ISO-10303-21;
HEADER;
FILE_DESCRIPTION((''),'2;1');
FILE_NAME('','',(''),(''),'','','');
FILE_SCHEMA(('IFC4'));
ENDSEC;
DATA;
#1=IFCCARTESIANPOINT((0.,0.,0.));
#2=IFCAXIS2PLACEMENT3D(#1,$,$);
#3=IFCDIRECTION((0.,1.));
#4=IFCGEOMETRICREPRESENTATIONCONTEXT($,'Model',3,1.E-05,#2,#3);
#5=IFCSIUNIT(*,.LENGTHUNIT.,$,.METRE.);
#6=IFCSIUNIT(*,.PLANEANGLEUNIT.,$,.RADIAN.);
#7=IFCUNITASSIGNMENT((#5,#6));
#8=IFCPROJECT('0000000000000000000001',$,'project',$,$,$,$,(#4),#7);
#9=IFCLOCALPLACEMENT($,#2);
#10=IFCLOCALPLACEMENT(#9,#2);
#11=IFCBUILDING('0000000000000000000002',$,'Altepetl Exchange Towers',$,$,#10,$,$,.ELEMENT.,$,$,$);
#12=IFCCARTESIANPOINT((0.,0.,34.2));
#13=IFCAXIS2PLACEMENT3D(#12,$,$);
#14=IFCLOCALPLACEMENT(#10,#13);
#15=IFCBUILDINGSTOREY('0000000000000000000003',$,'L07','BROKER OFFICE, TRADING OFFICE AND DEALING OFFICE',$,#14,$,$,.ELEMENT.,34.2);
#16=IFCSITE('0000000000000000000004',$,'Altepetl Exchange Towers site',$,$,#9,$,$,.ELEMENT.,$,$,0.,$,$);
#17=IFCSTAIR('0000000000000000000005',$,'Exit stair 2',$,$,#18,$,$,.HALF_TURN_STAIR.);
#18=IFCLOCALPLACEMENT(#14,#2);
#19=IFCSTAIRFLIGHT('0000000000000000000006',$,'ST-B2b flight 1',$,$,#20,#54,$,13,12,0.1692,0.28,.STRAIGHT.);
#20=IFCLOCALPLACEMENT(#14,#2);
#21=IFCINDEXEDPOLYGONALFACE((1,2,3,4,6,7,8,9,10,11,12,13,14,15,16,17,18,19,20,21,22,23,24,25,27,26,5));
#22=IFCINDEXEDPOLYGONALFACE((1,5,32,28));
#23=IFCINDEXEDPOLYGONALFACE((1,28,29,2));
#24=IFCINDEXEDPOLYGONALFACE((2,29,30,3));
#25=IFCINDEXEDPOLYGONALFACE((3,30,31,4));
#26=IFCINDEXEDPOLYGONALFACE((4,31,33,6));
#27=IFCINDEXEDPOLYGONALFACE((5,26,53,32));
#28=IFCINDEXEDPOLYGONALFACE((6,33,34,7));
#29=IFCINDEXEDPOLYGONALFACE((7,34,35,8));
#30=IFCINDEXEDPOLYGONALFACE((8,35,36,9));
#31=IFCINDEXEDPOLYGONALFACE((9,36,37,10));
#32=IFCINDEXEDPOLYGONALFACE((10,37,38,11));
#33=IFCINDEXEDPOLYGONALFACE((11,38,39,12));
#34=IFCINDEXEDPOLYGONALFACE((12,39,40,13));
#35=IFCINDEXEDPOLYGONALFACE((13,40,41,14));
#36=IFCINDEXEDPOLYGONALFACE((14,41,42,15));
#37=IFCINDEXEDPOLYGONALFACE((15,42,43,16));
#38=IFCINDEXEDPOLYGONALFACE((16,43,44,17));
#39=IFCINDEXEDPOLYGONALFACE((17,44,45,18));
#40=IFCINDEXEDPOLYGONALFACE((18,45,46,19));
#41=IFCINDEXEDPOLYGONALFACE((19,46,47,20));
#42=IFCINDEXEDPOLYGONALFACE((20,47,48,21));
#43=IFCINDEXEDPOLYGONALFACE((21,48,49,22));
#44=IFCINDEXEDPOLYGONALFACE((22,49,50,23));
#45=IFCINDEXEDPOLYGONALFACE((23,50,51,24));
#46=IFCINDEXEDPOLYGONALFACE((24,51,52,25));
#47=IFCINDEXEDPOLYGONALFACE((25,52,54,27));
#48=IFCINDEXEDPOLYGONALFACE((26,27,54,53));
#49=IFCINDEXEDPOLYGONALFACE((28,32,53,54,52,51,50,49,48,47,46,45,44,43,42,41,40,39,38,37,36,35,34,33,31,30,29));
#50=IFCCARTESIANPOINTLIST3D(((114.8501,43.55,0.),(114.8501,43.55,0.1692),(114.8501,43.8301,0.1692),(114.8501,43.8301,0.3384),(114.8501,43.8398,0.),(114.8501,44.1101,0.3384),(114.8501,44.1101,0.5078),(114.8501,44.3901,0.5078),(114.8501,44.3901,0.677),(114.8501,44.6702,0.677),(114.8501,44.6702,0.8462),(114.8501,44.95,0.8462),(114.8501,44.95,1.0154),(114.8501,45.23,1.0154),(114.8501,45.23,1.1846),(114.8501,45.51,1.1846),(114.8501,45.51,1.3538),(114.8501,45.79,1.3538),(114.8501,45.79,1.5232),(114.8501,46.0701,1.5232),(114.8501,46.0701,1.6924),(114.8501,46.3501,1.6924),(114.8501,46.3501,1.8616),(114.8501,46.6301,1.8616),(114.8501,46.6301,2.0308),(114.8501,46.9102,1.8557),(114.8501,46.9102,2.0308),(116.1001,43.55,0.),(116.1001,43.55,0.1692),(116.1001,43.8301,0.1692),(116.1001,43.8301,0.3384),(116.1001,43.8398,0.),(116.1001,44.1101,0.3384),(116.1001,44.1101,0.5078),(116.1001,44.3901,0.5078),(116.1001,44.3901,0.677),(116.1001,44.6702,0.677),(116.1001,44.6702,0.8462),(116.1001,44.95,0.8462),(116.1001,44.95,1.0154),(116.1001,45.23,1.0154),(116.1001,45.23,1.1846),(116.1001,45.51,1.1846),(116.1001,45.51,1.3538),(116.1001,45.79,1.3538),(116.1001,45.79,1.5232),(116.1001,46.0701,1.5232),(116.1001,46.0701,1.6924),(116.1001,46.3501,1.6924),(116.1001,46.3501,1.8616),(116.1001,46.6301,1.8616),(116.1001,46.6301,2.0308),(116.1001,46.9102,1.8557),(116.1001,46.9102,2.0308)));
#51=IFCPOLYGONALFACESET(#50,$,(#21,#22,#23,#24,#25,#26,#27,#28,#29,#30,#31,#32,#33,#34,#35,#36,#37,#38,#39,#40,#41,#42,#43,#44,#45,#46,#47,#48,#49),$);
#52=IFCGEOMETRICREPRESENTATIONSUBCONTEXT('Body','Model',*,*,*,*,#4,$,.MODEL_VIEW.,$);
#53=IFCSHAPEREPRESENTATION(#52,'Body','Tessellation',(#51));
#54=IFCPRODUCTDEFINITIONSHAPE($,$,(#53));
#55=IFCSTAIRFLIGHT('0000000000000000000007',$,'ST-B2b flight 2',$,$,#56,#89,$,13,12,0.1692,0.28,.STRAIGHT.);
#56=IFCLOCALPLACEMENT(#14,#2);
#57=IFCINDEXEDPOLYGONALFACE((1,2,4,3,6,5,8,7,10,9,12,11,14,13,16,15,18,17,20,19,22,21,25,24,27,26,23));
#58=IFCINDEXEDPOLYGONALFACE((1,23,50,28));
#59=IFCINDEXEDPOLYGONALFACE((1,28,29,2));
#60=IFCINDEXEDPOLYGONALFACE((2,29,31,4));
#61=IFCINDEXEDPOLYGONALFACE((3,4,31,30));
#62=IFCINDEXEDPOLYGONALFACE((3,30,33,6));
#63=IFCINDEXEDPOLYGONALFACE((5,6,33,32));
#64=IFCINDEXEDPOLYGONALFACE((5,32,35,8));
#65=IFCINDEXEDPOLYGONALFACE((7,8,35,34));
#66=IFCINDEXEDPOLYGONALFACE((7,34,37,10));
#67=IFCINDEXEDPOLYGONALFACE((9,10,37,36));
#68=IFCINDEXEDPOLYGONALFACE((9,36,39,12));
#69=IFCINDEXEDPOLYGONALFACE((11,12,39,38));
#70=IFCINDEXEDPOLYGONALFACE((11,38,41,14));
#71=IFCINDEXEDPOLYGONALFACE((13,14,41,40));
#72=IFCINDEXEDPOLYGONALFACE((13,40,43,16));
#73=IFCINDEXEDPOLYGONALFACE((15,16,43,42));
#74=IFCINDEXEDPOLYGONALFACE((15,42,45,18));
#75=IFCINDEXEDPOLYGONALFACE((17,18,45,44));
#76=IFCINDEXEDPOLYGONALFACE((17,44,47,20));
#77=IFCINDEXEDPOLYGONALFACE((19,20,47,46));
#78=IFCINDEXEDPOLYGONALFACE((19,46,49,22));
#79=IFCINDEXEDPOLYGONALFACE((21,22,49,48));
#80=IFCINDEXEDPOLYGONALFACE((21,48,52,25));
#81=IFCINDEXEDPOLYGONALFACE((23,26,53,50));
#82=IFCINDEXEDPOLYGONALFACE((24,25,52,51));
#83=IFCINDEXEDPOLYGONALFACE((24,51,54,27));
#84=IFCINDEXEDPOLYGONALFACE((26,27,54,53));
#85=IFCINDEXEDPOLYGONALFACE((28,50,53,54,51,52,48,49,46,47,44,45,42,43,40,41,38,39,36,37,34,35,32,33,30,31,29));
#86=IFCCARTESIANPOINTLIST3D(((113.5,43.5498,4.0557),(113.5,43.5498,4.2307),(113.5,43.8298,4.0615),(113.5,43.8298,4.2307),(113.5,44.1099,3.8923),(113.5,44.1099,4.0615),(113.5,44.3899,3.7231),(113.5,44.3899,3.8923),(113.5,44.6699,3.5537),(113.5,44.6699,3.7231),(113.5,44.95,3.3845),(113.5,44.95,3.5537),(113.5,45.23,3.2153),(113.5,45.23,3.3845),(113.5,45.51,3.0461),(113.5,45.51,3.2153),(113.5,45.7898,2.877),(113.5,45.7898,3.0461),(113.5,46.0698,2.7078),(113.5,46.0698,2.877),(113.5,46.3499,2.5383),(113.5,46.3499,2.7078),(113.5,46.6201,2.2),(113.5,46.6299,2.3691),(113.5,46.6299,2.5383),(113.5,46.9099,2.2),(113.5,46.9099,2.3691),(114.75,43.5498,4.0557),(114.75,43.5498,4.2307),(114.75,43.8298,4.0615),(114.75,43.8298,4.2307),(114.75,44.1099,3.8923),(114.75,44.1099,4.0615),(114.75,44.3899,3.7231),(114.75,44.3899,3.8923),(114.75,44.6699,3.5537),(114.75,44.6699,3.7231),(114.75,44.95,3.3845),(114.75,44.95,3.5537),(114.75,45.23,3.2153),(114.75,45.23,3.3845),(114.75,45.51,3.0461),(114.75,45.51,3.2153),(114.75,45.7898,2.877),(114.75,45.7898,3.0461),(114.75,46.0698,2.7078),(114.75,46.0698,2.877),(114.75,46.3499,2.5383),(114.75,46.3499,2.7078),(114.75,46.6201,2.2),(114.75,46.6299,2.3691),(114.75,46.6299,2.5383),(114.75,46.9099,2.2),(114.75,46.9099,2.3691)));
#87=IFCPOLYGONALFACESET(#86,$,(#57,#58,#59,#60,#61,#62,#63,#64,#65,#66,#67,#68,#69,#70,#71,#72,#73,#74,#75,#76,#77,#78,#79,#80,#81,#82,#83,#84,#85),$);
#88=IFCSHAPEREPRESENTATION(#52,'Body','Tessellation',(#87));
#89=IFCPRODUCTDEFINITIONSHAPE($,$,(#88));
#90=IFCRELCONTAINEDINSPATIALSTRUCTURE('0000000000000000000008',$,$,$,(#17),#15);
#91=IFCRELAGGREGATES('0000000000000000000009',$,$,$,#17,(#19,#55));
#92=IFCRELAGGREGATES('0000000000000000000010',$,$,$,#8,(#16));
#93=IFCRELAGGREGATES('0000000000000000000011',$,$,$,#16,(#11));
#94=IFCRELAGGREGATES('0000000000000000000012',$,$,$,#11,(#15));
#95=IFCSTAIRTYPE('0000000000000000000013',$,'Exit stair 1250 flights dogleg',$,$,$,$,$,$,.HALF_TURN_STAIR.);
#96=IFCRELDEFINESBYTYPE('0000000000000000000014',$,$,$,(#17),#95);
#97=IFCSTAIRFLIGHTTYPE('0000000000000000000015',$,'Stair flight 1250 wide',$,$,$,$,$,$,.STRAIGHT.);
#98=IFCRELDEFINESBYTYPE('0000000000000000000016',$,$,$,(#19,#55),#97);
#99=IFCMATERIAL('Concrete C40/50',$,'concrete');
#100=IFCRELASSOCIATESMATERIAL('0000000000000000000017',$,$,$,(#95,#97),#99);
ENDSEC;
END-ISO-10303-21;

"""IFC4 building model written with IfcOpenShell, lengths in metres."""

from ifc_helpers import new_model, si_unit, direction, frame, origin, place, context, subcontext, project, spatial, polyline, outline, extrude, material, type_object, element, aggregate, save


model = new_model("IFC4")

# Units and contexts
model_context = context("Model", 3, precision=1e-05, world=origin(), true_north=direction((0.0, 1.0)))
body_context = subcontext(model_context, "Body", "Model", "MODEL_VIEW")
ifc_project = project(units=[si_unit("LENGTHUNIT", "METRE"), si_unit("PLANEANGLEUNIT", "RADIAN")], contexts=[model_context])

# Site, building, storey
site_placement = place(None, origin())
site = spatial("IfcSite", under=ifc_project, at=site_placement, Name="Altepetl Exchange Towers site", CompositionType="ELEMENT", RefElevation=0.0)
building_placement = place(site_placement, origin())
building = spatial("IfcBuilding", under=site, at=building_placement, Name="Altepetl Exchange Towers", CompositionType="ELEMENT")
storey_placement = place(building_placement, frame((0.0, 0.0, 34.2)))
storey = spatial("IfcBuildingStorey", under=building, at=storey_placement, Name="L07", Description="BROKER OFFICE, TRADING OFFICE AND DEALING OFFICE", CompositionType="ELEMENT", Elevation=34.2)

# Shared definitions
ifc_material_1 = material(Name="Concrete C40/50", Category="concrete")

# Stair, stair flights
stair_type = type_object("IfcStairType", Name="Exit stair 1250 flights dogleg", PredefinedType="HALF_TURN_STAIR", material=ifc_material_1)
stair_placement = place(storey_placement, origin())
stair = element("IfcStair", 1, at=stair_placement, inside=storey, type_object=stair_type, Name="Exit stair 2", PredefinedType="HALF_TURN_STAIR")
stair_flight_type = type_object("IfcStairFlightType", Name="Stair flight 1250 wide", PredefinedType="STRAIGHT", material=ifc_material_1)
stair_flight_1_placement = place(storey_placement, frame((115.4751, 43.55, 0.0), z_axis=(0.0, 0.0, 1.0), x_axis=(0.0, 1.0, 0.0)))
stair_flight_1 = element("IfcStairFlight", 2, at=stair_flight_1_placement, type_object=stair_flight_type, Name="ST-B2b flight 1", NumberOfRisers=13, NumberOfTreads=12, PredefinedType="STRAIGHT", RiserHeight=0.1692, TreadLength=0.28, context=body_context, shape_type="SweptSolid", body=[
    extrude(outline(polyline([(0.0, 0.0), (0.0, 0.1692), (0.28, 0.1692), (0.28, 0.3384), (0.5601, 0.3384), (0.5601, 0.5078), (0.8401, 0.5078), (0.8401, 0.677), (1.1201, 0.677), (1.1201, 0.8462), (1.3999, 0.8462), (1.3999, 1.0154), (1.6799, 1.0154), (1.6799, 1.1846), (1.96, 1.1846), (1.96, 1.3538), (2.24, 1.3538), (2.24, 1.5232), (2.52, 1.5232), (2.52, 1.6924), (2.8, 1.6924), (2.8, 1.8616), (3.0801, 1.8616), (3.0801, 2.0308), (3.3601, 2.0308), (3.3601, 2.2), (3.3601, 1.8557), (0.2898, 0.0), (0.0, 0.0)])), frame((0.0, 0.625, 0.0), z_axis=(0.0, -1.0, 0.0), x_axis=(1.0, 0.0, 0.0)), (0.0, 0.0, 1.0), 1.25),
])
stair_flight_2_placement = place(storey_placement, frame((114.125, 46.9099, 2.2), z_axis=(0.0, 0.0, 1.0), x_axis=(0.0, -1.0, 0.0)))
stair_flight_2 = element("IfcStairFlight", 3, at=stair_flight_2_placement, type_object=stair_flight_type, Name="ST-B2b flight 2", NumberOfRisers=13, NumberOfTreads=12, PredefinedType="STRAIGHT", RiserHeight=0.1692, TreadLength=0.28, context=body_context, shape_type="SweptSolid", body=[
    extrude(outline(polyline([(0.0, 0.0), (0.0, 0.1692), (0.28, 0.1692), (0.28, 0.3384), (0.5601, 0.3384), (0.5601, 0.5078), (0.8401, 0.5078), (0.8401, 0.677), (1.1201, 0.677), (1.1201, 0.8462), (1.3999, 0.8462), (1.3999, 1.0154), (1.6799, 1.0154), (1.6799, 1.1846), (1.96, 1.1846), (1.96, 1.3538), (2.24, 1.3538), (2.24, 1.5232), (2.52, 1.5232), (2.52, 1.6924), (2.8, 1.6924), (2.8, 1.8616), (3.0801, 1.8616), (3.0801, 2.0308), (3.3601, 2.0308), (3.3601, 2.2), (3.3601, 1.8557), (0.2898, 0.0), (0.0, 0.0)])), frame((0.0, 0.625, 0.0), z_axis=(0.0, -1.0, 0.0), x_axis=(1.0, 0.0, 0.0)), (0.0, 0.0, 1.0), 1.25),
])
aggregate(stair, [stair_flight_1, stair_flight_2])

save(model, "model.ifc")
